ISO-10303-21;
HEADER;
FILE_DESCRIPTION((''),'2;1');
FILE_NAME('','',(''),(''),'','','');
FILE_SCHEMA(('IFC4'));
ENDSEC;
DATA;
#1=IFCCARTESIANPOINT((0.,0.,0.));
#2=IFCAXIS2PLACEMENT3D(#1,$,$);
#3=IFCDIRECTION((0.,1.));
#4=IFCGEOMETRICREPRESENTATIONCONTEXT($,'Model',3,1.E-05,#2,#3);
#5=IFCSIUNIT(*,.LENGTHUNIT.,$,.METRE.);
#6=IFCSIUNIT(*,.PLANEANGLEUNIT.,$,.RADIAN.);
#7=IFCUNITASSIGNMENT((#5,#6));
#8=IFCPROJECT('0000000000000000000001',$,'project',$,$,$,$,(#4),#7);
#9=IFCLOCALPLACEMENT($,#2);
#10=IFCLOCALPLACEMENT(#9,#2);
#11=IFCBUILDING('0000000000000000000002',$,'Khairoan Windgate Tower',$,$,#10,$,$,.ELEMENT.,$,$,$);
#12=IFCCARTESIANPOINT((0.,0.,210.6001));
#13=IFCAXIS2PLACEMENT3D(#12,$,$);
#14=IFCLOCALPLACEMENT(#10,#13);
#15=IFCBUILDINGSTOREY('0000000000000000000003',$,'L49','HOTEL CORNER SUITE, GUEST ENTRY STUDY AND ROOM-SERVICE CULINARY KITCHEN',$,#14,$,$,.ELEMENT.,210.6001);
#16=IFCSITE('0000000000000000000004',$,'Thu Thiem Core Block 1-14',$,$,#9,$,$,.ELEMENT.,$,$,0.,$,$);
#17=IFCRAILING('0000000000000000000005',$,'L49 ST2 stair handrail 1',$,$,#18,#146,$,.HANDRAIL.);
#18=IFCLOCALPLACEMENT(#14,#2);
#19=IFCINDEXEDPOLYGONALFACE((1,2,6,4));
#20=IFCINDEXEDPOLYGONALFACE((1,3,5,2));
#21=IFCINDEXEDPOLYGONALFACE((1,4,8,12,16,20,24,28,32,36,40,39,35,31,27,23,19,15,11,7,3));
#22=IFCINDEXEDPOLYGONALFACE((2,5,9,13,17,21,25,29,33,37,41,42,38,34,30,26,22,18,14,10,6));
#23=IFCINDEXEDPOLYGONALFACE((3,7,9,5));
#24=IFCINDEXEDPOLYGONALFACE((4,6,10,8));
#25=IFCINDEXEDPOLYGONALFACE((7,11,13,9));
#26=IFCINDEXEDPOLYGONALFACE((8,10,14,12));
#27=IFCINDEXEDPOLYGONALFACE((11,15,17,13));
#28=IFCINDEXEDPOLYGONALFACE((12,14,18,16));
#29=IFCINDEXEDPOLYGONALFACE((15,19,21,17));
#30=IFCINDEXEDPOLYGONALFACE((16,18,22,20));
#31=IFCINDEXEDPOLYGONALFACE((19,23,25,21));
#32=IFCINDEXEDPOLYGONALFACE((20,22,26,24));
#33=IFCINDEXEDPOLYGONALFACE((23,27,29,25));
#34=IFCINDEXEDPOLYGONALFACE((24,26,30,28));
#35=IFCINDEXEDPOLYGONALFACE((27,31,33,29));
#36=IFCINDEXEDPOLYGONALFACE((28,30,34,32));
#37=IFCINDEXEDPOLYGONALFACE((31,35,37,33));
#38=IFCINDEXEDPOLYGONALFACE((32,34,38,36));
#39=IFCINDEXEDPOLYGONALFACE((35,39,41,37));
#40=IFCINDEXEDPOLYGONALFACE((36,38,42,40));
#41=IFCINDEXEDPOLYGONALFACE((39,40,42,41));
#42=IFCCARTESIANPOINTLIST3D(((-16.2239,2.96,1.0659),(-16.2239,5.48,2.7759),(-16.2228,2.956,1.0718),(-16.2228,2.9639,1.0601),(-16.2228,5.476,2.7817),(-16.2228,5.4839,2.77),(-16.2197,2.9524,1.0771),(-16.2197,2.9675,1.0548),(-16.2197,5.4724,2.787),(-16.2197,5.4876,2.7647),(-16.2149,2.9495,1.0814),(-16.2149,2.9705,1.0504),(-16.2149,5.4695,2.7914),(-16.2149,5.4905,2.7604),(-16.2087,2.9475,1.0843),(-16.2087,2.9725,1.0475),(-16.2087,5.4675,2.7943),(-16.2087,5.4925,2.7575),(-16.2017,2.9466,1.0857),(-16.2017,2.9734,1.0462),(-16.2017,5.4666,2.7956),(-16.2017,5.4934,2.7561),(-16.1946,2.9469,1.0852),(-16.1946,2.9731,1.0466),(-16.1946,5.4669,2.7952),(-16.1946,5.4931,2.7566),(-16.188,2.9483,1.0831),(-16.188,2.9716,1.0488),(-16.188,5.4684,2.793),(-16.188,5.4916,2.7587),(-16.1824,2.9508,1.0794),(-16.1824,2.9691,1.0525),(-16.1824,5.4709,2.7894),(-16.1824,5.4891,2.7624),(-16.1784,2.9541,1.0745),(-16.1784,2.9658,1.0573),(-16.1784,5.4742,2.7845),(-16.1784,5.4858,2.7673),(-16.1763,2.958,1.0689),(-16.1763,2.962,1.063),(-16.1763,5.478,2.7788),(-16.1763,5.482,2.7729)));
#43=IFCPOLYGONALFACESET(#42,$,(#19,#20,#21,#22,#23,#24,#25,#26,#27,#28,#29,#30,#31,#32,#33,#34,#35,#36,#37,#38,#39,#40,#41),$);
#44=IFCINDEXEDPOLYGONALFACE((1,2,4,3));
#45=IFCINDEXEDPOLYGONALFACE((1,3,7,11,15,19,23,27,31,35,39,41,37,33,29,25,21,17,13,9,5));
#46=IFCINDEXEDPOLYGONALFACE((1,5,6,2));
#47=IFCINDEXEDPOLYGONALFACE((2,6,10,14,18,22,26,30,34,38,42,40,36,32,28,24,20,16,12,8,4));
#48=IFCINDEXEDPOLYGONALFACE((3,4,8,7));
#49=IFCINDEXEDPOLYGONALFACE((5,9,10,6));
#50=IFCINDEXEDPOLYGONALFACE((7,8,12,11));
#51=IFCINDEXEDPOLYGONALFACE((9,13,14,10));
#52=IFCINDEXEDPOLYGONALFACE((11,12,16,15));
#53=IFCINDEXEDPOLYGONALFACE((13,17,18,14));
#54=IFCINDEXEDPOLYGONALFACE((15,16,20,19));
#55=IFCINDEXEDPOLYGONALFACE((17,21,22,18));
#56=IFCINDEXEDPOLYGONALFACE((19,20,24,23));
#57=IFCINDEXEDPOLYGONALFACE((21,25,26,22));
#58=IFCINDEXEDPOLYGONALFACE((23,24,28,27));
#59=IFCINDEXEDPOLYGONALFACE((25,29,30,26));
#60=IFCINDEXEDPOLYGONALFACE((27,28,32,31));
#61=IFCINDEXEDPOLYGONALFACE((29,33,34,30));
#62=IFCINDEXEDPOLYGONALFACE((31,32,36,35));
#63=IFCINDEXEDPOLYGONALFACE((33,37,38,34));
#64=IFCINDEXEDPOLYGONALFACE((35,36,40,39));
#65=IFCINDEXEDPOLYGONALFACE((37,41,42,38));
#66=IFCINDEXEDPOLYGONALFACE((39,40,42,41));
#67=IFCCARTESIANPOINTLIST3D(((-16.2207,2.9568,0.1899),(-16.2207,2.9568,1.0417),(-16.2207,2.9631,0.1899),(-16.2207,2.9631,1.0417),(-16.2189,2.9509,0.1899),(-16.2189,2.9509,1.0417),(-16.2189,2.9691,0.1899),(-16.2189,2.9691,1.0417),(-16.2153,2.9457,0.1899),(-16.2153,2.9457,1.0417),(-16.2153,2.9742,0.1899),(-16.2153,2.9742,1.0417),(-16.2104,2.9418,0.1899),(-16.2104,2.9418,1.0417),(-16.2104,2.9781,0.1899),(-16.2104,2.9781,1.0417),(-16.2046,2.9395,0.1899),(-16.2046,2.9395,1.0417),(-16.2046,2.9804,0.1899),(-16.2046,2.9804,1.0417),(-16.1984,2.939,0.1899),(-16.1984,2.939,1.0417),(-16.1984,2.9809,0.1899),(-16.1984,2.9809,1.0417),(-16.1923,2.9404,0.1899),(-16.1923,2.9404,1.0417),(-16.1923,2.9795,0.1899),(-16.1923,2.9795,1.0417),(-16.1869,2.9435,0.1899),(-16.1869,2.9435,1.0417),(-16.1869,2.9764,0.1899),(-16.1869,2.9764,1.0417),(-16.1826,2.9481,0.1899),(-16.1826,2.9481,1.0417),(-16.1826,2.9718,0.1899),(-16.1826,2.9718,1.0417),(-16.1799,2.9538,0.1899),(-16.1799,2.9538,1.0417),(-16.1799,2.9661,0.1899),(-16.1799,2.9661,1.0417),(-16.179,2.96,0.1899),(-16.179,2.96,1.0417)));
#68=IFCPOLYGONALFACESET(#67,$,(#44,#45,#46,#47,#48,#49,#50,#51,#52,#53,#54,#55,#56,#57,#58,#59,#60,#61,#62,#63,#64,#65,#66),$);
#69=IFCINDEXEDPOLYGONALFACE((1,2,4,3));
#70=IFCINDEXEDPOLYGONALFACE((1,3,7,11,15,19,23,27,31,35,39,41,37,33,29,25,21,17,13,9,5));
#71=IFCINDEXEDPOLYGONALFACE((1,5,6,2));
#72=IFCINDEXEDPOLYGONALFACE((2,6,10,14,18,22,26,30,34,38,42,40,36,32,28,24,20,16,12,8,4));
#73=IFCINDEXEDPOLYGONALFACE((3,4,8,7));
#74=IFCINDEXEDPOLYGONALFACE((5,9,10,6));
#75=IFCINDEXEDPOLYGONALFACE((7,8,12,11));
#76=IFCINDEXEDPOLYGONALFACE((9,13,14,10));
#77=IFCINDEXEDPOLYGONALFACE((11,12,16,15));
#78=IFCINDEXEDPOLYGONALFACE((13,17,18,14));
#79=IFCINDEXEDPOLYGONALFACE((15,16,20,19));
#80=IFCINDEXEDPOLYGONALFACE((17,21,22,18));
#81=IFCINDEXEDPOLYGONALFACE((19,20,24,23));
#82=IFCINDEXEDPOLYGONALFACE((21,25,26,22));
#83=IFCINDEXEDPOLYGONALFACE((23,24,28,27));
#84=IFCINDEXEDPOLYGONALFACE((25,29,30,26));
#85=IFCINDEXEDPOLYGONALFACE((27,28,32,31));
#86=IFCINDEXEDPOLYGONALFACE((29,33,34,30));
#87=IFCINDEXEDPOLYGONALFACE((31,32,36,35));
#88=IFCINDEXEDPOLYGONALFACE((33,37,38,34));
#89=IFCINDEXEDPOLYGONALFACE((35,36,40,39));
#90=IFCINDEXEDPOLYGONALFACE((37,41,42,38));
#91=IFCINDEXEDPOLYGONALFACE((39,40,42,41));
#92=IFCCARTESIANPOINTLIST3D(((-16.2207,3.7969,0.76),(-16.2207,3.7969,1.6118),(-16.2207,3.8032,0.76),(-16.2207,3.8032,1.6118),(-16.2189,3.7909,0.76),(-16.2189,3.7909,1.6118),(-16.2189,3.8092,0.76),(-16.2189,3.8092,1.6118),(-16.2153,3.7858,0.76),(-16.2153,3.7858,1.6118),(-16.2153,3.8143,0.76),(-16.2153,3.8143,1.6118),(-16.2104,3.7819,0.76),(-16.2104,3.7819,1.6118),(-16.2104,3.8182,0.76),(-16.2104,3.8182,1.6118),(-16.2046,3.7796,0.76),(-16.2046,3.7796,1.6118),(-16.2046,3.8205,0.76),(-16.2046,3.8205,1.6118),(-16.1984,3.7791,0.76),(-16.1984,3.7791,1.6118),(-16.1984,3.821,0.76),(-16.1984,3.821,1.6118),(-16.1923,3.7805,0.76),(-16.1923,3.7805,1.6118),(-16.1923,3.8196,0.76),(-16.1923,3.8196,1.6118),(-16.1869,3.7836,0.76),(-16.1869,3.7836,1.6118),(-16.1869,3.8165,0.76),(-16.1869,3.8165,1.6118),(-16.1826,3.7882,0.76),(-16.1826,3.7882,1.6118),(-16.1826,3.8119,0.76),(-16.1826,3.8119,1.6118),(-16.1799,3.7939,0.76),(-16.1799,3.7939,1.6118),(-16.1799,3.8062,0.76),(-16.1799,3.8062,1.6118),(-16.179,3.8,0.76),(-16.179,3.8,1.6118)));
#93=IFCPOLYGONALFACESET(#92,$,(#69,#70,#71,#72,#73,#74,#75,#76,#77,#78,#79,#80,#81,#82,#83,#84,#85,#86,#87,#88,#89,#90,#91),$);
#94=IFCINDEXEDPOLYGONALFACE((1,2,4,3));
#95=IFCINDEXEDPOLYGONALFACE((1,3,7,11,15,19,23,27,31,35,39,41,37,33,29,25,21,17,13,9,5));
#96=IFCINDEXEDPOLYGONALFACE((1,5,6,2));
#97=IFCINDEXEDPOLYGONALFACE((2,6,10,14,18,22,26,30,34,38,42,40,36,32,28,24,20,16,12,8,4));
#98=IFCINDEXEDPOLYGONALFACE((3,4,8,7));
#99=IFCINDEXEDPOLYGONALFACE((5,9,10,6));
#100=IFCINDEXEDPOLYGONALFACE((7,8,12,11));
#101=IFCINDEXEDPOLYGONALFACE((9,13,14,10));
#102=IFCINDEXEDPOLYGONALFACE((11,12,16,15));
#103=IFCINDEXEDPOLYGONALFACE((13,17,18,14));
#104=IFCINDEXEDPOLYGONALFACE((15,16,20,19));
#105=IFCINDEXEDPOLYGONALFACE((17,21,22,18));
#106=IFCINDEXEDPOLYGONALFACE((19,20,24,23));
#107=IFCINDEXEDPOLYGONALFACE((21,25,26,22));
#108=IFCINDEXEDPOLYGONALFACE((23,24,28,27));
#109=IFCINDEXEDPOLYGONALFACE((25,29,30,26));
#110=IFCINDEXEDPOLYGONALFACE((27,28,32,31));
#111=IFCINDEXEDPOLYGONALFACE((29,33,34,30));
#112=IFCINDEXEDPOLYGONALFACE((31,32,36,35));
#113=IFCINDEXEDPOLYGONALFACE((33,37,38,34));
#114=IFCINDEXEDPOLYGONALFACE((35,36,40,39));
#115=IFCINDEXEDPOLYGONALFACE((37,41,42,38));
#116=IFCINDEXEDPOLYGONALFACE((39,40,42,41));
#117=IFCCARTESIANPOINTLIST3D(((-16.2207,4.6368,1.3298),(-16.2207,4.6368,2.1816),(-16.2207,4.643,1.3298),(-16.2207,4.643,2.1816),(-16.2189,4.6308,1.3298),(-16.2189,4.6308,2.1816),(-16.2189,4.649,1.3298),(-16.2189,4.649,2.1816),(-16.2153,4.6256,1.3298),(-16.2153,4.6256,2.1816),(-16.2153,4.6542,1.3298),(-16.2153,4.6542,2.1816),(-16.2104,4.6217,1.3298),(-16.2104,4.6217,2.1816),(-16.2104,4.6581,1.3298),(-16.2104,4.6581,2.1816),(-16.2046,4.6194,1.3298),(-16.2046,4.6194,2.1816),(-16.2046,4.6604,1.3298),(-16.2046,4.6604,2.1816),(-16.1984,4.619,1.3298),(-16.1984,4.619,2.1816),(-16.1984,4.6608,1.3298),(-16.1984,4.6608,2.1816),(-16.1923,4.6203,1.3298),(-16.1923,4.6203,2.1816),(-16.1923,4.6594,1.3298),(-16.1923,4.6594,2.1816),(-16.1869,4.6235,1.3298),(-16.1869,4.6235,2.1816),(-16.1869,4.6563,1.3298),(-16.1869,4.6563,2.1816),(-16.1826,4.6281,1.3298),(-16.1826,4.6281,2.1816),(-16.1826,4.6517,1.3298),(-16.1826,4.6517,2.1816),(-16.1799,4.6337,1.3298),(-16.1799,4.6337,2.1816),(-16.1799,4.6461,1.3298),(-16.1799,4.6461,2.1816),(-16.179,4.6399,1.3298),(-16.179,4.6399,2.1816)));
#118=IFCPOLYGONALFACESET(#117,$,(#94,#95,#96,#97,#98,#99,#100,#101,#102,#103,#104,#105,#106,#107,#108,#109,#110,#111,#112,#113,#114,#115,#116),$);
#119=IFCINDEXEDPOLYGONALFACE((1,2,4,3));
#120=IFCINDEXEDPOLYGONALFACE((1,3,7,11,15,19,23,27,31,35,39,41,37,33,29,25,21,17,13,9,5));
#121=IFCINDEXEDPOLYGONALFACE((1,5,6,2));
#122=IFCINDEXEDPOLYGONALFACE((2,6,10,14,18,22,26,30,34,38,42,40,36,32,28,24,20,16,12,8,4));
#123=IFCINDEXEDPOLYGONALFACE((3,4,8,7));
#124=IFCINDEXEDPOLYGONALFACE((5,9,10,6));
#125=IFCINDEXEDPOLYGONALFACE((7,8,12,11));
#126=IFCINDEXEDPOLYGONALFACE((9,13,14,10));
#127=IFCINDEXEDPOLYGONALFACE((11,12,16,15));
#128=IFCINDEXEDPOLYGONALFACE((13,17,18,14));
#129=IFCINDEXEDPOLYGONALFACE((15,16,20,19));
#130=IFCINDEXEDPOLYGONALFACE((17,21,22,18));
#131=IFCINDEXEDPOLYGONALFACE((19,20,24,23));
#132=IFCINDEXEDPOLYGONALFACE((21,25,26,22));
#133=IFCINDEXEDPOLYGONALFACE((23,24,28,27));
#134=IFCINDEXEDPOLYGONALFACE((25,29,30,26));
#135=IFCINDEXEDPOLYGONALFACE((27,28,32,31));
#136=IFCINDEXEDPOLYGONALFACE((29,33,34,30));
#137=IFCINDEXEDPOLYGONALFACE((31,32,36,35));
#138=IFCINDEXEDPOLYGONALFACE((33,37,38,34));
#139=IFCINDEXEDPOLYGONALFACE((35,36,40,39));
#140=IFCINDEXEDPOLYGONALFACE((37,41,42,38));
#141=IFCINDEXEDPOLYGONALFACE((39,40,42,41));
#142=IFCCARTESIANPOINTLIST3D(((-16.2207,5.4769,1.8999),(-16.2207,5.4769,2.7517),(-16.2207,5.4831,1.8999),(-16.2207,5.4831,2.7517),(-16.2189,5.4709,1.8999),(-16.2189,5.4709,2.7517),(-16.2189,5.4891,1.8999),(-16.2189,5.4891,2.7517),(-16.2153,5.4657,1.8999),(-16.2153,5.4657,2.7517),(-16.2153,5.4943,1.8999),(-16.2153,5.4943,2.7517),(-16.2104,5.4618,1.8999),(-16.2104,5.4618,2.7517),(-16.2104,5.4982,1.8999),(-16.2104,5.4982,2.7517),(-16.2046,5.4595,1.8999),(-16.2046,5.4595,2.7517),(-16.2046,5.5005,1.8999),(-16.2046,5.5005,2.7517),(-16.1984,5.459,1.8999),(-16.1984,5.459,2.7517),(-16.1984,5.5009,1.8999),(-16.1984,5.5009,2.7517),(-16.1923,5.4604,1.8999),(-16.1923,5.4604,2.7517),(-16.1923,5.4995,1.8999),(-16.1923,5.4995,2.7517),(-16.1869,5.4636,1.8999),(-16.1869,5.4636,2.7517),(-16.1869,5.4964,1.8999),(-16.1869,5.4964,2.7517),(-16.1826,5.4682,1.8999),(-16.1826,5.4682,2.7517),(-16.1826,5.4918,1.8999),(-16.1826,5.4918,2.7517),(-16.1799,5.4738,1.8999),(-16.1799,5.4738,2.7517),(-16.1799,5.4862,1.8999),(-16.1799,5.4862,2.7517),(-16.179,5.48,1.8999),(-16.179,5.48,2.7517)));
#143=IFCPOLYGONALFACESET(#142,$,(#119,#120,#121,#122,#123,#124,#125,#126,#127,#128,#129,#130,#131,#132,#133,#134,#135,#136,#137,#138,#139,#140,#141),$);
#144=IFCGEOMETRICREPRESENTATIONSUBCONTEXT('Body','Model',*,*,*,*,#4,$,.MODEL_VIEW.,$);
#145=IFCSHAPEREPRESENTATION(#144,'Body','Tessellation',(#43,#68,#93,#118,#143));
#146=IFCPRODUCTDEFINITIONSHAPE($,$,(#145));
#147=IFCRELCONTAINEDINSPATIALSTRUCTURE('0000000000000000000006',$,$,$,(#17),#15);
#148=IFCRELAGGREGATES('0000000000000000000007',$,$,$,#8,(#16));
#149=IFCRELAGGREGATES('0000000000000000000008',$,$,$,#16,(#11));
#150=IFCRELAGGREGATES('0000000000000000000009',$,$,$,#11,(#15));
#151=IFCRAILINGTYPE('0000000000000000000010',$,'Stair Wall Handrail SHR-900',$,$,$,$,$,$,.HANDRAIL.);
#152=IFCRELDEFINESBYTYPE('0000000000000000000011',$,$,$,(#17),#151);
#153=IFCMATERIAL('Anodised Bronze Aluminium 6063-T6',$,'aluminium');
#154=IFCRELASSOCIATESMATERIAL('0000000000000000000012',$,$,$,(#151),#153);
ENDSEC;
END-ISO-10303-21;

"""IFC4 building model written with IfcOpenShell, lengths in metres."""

from ifc_helpers import new_model, si_unit, direction, frame, origin, origin_2d, place, context, subcontext, project, spatial, circle, extrude, material, type_object, element, save


model = new_model("IFC4")

# Units and contexts
model_context = context("Model", 3, precision=1e-05, world=origin(), true_north=direction((0.0, 1.0)))
body_context = subcontext(model_context, "Body", "Model", "MODEL_VIEW")
ifc_project = project(units=[si_unit("LENGTHUNIT", "METRE"), si_unit("PLANEANGLEUNIT", "RADIAN")], contexts=[model_context])

# Site, building, storey
site_placement = place(None, origin())
site = spatial("IfcSite", under=ifc_project, at=site_placement, Name="Thu Thiem Core Block 1-14", CompositionType="ELEMENT", RefElevation=0.0)
building_placement = place(site_placement, origin())
building = spatial("IfcBuilding", under=site, at=building_placement, Name="Khairoan Windgate Tower", CompositionType="ELEMENT")
storey_placement = place(building_placement, frame((0.0, 0.0, 210.6001)))
storey = spatial("IfcBuildingStorey", under=building, at=storey_placement, Name="L49", Description="HOTEL CORNER SUITE, GUEST ENTRY STUDY AND ROOM-SERVICE CULINARY KITCHEN", CompositionType="ELEMENT", Elevation=210.6001)

# Railing
ifc_material_1 = material(Name="Anodised Bronze Aluminium 6063-T6", Category="aluminium")
railing_type_1 = type_object("IfcRailingType", Name="Stair Wall Handrail SHR-900", PredefinedType="HANDRAIL", material=ifc_material_1)
railing_1_placement = place(storey_placement, frame((-16.2, 2.96, 0.1899)))
element("IfcRailing", 1, at=railing_1_placement, inside=storey, type_object=railing_type_1, Name="L49 ST2 stair handrail 1", PredefinedType="HANDRAIL", context=body_context, shape_type="SweptSolid", body=[
    extrude(circle(Radius=0.0239, at=origin_2d()), frame((0.0, 0.0, 0.876), z_axis=(0.0, 0.827484, 0.56149), x_axis=(-1.0, 0.0, 0.0)), (0.0, 0.0, 1.0), 3.0454),
    extrude(circle(Radius=0.021, at=origin_2d()), origin(), (0.0, 0.0, 1.0), 0.8518),
    extrude(circle(Radius=0.021, at=origin_2d()), frame((0.0, 0.8401, 0.5701)), (0.0, 0.0, 1.0), 0.8518),
    extrude(circle(Radius=0.021, at=origin_2d()), frame((0.0, 1.6799, 1.1399)), (0.0, 0.0, 1.0), 0.8518),
    extrude(circle(Radius=0.021, at=origin_2d()), frame((0.0, 2.52, 1.71)), (0.0, 0.0, 1.0), 0.8518),
])

save(model, "model.ifc")
